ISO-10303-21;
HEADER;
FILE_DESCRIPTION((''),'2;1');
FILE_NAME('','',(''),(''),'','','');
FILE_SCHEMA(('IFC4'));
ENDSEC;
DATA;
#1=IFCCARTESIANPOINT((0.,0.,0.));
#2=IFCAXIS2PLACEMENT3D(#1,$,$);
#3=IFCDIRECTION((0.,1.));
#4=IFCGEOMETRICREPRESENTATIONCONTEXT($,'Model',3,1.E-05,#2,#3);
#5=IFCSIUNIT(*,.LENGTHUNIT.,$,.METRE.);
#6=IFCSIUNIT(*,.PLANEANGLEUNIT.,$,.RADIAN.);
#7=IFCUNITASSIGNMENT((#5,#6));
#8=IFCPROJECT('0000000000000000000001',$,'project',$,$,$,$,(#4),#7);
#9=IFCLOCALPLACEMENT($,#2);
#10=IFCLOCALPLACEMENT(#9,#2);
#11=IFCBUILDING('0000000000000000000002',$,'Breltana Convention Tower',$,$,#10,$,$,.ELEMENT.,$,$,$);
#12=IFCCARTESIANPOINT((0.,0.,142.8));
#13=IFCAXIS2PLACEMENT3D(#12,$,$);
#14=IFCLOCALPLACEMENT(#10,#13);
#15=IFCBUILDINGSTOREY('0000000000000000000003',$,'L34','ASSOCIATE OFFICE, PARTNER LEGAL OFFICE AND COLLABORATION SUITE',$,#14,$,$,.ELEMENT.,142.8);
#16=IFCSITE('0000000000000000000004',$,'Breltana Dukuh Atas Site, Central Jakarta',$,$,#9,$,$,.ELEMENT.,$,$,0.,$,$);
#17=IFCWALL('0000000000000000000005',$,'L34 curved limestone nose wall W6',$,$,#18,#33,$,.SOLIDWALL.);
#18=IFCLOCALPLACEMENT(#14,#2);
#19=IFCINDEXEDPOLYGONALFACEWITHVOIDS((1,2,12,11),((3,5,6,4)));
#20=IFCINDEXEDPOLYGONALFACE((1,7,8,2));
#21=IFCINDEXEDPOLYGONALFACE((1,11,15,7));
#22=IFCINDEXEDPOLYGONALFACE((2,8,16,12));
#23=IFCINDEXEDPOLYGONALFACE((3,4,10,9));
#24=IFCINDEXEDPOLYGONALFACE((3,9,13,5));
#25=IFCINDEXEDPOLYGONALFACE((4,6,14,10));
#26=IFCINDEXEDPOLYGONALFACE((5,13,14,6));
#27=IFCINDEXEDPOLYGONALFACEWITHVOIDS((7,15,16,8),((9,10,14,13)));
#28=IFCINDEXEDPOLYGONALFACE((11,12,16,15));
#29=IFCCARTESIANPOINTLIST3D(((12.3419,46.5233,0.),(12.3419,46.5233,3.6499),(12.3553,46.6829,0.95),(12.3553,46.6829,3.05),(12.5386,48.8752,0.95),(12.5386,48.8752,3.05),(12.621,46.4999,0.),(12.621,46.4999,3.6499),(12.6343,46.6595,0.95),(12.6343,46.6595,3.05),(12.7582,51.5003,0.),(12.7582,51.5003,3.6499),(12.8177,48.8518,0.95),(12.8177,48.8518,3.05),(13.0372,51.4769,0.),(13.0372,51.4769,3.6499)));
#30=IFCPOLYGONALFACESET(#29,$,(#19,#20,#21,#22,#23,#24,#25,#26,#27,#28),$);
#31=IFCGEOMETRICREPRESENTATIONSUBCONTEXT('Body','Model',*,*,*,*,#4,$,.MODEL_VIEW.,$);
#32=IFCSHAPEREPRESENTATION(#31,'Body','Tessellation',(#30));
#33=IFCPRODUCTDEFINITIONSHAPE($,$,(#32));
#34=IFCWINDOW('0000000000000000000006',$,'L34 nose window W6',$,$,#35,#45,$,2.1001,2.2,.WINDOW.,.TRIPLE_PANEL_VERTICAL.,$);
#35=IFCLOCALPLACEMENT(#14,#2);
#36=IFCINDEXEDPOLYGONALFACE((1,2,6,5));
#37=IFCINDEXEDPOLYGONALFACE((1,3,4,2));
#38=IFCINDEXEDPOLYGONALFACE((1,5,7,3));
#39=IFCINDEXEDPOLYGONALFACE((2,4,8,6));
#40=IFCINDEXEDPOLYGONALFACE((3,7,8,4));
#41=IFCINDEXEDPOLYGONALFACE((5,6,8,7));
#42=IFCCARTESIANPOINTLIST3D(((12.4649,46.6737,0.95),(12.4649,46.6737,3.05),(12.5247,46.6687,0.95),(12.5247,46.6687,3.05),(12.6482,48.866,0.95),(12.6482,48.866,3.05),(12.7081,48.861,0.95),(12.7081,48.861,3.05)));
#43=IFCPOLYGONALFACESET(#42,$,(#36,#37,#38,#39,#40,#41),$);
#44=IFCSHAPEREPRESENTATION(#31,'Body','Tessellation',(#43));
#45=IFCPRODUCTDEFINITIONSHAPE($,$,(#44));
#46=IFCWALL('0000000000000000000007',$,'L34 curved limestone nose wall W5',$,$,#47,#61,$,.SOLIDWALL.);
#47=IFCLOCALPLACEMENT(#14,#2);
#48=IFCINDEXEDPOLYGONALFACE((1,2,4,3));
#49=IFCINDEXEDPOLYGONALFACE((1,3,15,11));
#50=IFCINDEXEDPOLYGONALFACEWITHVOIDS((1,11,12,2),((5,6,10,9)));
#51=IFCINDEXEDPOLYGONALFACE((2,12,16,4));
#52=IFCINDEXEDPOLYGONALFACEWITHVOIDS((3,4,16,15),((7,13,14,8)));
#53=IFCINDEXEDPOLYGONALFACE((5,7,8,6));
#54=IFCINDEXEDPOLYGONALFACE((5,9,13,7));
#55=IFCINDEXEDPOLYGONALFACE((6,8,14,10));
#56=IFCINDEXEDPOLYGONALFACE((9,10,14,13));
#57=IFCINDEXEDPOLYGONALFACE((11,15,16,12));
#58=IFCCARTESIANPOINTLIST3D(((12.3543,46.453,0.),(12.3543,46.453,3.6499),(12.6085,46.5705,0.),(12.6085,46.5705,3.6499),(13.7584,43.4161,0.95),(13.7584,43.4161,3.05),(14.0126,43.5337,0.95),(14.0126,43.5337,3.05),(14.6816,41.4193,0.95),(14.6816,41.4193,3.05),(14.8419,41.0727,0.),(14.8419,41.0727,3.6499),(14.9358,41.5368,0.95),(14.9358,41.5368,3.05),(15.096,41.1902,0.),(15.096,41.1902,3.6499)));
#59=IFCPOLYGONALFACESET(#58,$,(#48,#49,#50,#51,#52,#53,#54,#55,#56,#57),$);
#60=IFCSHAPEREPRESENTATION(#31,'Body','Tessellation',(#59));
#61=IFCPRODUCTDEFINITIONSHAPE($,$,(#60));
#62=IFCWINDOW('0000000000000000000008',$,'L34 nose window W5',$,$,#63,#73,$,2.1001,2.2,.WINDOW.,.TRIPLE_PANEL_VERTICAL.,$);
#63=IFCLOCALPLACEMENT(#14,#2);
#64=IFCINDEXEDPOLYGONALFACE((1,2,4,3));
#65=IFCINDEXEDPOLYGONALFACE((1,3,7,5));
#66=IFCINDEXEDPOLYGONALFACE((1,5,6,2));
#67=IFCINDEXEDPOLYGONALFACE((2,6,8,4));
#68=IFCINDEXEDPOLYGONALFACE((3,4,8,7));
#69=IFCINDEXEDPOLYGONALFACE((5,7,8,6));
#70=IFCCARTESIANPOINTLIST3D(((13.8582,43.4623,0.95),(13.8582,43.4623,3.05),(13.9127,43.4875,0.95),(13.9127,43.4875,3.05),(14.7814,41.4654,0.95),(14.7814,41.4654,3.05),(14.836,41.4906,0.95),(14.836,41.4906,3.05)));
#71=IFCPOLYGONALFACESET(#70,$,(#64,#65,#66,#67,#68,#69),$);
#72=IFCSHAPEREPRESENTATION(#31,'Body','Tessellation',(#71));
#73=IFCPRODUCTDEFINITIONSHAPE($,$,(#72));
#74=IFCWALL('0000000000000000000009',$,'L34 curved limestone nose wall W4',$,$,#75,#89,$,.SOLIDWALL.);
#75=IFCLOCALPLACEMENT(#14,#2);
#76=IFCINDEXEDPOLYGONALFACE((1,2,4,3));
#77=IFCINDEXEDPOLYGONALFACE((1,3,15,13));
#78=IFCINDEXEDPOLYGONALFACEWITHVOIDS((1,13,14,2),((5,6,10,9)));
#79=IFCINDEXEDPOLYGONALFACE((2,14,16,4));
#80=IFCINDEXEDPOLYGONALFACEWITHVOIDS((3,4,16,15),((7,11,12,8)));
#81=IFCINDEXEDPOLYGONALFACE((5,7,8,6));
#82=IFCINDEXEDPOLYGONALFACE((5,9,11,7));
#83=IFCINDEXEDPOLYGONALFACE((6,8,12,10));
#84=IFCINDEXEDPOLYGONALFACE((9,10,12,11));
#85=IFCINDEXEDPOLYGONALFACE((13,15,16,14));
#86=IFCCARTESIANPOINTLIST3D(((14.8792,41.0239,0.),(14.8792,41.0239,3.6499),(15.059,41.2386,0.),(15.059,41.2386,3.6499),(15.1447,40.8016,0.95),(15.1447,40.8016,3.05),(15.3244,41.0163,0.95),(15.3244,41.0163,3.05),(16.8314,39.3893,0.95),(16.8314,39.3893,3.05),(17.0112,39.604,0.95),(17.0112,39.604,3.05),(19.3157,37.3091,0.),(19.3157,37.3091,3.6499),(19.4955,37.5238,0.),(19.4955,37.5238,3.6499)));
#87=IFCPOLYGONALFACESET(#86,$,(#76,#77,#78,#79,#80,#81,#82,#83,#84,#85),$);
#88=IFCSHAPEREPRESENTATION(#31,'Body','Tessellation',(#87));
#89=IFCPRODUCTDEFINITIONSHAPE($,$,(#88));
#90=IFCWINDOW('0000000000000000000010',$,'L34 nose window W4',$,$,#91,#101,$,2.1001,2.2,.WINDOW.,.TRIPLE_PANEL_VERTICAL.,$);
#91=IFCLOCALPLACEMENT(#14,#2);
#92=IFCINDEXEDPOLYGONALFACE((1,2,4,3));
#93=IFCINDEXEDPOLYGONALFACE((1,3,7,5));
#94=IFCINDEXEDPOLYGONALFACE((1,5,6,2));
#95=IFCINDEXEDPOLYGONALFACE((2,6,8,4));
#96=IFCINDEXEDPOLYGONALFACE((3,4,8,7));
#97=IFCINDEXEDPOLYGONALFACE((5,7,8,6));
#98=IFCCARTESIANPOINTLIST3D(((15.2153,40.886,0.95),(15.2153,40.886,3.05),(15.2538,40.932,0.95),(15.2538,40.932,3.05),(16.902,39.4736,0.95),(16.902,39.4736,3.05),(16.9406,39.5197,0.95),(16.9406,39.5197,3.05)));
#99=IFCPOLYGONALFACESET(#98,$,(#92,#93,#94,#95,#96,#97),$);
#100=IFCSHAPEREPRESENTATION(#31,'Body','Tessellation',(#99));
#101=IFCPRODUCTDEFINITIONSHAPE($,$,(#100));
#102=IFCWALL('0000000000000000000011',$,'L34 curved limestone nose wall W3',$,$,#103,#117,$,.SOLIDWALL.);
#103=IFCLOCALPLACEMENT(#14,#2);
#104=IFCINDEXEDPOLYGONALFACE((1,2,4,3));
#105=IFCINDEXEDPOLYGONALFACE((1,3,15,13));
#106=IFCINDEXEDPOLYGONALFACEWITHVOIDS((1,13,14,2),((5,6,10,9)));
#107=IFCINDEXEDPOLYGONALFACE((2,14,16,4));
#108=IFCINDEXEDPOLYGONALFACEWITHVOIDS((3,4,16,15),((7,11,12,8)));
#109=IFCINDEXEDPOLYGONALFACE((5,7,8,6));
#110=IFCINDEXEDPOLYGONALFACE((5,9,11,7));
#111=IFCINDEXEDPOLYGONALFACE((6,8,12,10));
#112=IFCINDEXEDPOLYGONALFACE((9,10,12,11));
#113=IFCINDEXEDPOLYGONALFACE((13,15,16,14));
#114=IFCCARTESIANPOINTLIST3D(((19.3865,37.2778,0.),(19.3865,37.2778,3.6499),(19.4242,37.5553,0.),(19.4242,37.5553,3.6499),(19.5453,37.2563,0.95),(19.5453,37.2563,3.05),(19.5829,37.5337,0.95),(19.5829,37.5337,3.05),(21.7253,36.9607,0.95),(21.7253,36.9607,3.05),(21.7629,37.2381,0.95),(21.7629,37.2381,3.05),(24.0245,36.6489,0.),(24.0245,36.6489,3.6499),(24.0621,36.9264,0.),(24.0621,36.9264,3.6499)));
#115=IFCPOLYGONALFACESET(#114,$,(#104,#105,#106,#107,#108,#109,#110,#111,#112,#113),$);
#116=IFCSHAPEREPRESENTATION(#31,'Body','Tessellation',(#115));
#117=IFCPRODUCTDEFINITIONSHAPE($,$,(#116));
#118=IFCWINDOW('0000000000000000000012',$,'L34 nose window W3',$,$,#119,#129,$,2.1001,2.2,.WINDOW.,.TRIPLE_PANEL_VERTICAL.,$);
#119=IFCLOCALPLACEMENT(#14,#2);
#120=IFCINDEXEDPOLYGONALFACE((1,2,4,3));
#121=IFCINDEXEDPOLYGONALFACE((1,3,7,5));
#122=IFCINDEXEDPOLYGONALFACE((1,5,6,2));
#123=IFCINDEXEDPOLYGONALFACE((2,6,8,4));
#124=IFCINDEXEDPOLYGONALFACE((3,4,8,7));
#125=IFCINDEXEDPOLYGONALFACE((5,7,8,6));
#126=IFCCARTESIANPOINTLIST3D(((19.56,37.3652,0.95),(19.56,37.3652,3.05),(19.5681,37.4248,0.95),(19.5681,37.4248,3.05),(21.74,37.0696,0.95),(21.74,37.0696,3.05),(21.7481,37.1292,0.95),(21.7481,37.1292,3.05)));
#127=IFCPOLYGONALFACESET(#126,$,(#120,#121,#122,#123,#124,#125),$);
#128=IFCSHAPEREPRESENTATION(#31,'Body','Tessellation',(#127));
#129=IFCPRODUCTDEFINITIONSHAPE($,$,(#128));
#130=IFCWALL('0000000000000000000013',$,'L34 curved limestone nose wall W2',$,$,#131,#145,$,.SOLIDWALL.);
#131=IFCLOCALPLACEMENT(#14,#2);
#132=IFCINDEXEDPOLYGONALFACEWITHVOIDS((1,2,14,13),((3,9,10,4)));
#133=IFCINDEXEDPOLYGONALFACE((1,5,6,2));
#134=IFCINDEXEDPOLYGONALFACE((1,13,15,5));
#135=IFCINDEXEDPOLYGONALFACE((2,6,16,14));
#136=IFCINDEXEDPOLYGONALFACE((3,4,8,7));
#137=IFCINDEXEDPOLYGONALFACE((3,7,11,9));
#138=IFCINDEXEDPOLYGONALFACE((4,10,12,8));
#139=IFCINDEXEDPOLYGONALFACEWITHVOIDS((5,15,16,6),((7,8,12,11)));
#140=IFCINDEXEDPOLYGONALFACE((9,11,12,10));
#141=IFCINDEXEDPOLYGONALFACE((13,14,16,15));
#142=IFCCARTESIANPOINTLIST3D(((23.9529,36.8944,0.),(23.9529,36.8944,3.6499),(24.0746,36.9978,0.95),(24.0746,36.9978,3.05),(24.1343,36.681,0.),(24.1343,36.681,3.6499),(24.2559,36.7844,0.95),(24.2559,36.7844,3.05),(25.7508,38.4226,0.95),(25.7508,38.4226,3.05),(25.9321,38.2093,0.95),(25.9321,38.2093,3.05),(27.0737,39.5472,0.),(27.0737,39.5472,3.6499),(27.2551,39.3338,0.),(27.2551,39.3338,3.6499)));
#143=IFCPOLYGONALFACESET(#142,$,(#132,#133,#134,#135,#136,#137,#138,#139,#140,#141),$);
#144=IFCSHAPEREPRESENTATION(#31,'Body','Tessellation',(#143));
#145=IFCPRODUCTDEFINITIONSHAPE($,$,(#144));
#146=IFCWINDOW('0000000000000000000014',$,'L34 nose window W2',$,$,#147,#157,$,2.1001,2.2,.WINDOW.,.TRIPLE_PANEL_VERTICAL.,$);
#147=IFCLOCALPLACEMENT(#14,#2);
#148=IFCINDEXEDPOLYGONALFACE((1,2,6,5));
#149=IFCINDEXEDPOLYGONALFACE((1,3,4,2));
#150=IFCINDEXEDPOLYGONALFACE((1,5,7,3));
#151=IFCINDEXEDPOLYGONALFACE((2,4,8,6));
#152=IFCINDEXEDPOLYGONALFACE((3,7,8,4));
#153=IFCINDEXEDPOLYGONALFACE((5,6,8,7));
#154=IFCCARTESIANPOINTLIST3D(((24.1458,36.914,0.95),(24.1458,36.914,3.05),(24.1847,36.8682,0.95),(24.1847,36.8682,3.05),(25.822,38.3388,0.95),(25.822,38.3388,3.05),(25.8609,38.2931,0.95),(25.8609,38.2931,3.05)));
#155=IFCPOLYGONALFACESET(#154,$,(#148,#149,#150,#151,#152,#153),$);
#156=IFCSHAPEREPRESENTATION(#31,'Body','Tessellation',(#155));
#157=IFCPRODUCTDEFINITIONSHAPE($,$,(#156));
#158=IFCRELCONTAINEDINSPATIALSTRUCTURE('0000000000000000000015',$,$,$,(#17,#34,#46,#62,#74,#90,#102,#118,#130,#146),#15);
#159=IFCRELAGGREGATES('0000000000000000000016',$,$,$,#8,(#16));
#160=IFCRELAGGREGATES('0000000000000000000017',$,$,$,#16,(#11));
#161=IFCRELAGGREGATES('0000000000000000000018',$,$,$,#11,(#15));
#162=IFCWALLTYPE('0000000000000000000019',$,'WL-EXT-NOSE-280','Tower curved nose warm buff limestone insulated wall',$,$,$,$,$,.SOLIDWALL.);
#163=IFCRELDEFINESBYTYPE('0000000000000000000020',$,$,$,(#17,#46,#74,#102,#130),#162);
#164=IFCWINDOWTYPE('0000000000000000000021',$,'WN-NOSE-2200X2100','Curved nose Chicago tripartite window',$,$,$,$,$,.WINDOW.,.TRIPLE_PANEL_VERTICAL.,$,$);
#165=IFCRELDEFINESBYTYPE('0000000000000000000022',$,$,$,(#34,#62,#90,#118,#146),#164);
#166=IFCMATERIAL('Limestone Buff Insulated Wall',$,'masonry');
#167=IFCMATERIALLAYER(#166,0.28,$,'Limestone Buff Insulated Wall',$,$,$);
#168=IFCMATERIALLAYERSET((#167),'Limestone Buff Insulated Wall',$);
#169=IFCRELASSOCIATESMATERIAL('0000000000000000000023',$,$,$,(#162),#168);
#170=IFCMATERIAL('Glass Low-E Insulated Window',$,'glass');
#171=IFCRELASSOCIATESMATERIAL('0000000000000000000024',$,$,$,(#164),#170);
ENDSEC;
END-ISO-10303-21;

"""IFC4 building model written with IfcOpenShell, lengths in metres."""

from ifc_helpers import new_model, si_unit, direction, frame, frame_2d, origin, place, context, subcontext, project, spatial, rectangle, extrude, source, transform, mapped, material, layer, layer_set, type_object, type_shapes, element, fill, save


model = new_model("IFC4")

# Units and contexts
model_context = context("Model", 3, precision=1e-05, world=origin(), true_north=direction((0.0, 1.0)))
body_context = subcontext(model_context, "Body", "Model", "MODEL_VIEW")
ifc_project = project(units=[si_unit("LENGTHUNIT", "METRE"), si_unit("PLANEANGLEUNIT", "RADIAN")], contexts=[model_context])

# Site, building, storey
site_placement = place(None, origin())
site = spatial("IfcSite", under=ifc_project, at=site_placement, Name="Breltana Dukuh Atas Site, Central Jakarta", CompositionType="ELEMENT", RefElevation=0.0)
building_placement = place(site_placement, origin())
building = spatial("IfcBuilding", under=site, at=building_placement, Name="Breltana Convention Tower", CompositionType="ELEMENT")
storey_placement = place(building_placement, frame((0.0, 0.0, 142.8)))
storey = spatial("IfcBuildingStorey", under=building, at=storey_placement, Name="L34", Description="ASSOCIATE OFFICE, PARTNER LEGAL OFFICE AND COLLABORATION SUITE", CompositionType="ELEMENT", Elevation=142.8)

# Walls, openings, windows
ifc_material_1 = material(Name="Limestone Buff Insulated Wall", Category="masonry")
ifc_layer_1 = layer(ifc_material_1, 0.28, Name="Limestone Buff Insulated Wall")
ifc_layer_set_1 = layer_set([ifc_layer_1], Name="Limestone Buff Insulated Wall")
wall_type_1 = type_object("IfcWallType", Name="WL-EXT-NOSE-280", Description="Tower curved nose warm buff limestone insulated wall", PredefinedType="SOLIDWALL", material=ifc_layer_set_1)
shared_shape_1 = source(origin(), body_context, "Body", "SweptSolid", [
    extrude(rectangle(XDim=4.9944, YDim=0.28, at=frame_2d((2.4971, 0.0))), origin(), (0.0, 0.0, 1.0), 3.6499),
])
wall_1_placement = place(storey_placement, frame((12.4814, 46.5117, 0.0), z_axis=(0.0, 0.0, 1.0), x_axis=(0.083345, 0.996521, 0.0)))
wall_1 = element("IfcWall", 1, at=wall_1_placement, inside=storey, type_object=wall_type_1, Name="L34 curved limestone nose wall W6", PredefinedType="SOLIDWALL", context=body_context, shape_type="MappedRepresentation", body=[
    mapped(shared_shape_1, transform((0.0, 0.0, 0.0), scale=1.0)),
])
opening_1_placement = place(wall_1_placement, frame((0.1599, 0.0, 0.95)))
opening_1 = element("IfcOpeningElement", 2, at=opening_1_placement, cuts=wall_1, PredefinedType="OPENING", context=body_context, shape_type="SweptSolid", body=[
    extrude(rectangle(XDim=2.2, YDim=2.1001, at=frame_2d((1.1001, 1.05))), frame((0.0, 0.1499, 0.0), z_axis=(0.0, -1.0, 0.0), x_axis=(1.0, 0.0, 0.0)), (0.0, 0.0, 1.0), 0.3),
])
ifc_material_2 = material(Name="Glass Low-E Insulated Window", Category="glass")
window_type_1 = type_object("IfcWindowType", Name="WN-NOSE-2200X2100", Description="Curved nose Chicago tripartite window", PartitioningType="TRIPLE_PANEL_VERTICAL", PredefinedType="WINDOW", material=ifc_material_2)
shared_shape_2 = source(origin(), body_context, "Body", "SweptSolid", [
    extrude(rectangle(XDim=2.2, YDim=2.1001, at=frame_2d((1.1001, 1.05))), frame((0.0, 0.03, 0.0), z_axis=(0.0, -1.0, 0.0), x_axis=(1.0, 0.0, 0.0)), (0.0, 0.0, 1.0), 0.0601),
])
type_shapes(window_type_1, [shared_shape_2])
window_1_placement = place(opening_1_placement, origin())
window_1 = element("IfcWindow", 3, at=window_1_placement, inside=storey, type_object=window_type_1, Name="L34 nose window W6", OverallHeight=2.1001, OverallWidth=2.2, PartitioningType="TRIPLE_PANEL_VERTICAL", PredefinedType="WINDOW", context=body_context, shape_type="MappedRepresentation", body=[
    mapped(shared_shape_2, transform((0.0, 0.0, 0.0), scale=1.0)),
])
fill(opening_1, window_1)
shared_shape_3 = source(origin(), body_context, "Body", "SweptSolid", [
    extrude(rectangle(XDim=5.9275, YDim=0.28, at=frame_2d((2.9639, 0.0))), origin(), (0.0, 0.0, 1.0), 3.6499),
])
wall_2_placement = place(storey_placement, frame((14.969, 41.1313, 0.0), z_axis=(0.0, 0.0, 1.0), x_axis=(-0.419656, 0.907683, 0.0)))
wall_2 = element("IfcWall", 4, at=wall_2_placement, inside=storey, type_object=wall_type_1, Name="L34 curved limestone nose wall W5", PredefinedType="SOLIDWALL", context=body_context, shape_type="MappedRepresentation", body=[
    mapped(shared_shape_3, transform((0.0, 0.0, 0.0), scale=1.0)),
])
opening_2_placement = place(wall_2_placement, frame((0.3818, 0.0, 0.95)))
opening_2 = element("IfcOpeningElement", 5, at=opening_2_placement, cuts=wall_2, PredefinedType="OPENING", context=body_context, shape_type="SweptSolid", body=[
    extrude(rectangle(XDim=2.2, YDim=2.1001, at=frame_2d((1.1001, 1.05))), frame((0.0, 0.1499, 0.0), z_axis=(0.0, -1.0, 0.0), x_axis=(1.0, 0.0, 0.0)), (0.0, 0.0, 1.0), 0.3),
])
window_2_placement = place(opening_2_placement, origin())
window_2 = element("IfcWindow", 6, at=window_2_placement, inside=storey, type_object=window_type_1, Name="L34 nose window W5", OverallHeight=2.1001, OverallWidth=2.2, PartitioningType="TRIPLE_PANEL_VERTICAL", PredefinedType="WINDOW", context=body_context, shape_type="MappedRepresentation", body=[
    mapped(shared_shape_2, transform((0.0, 0.0, 0.0), scale=1.0)),
])
fill(opening_2, window_2)
shared_shape_4 = source(origin(), body_context, "Body", "SweptSolid", [
    extrude(rectangle(XDim=5.7864, YDim=0.28, at=frame_2d((2.8931, 0.0))), origin(), (0.0, 0.0, 1.0), 3.6499),
])
wall_3_placement = place(storey_placement, frame((19.4055, 37.4165, 0.0), z_axis=(0.0, 0.0, 1.0), x_axis=(-0.766711, 0.641992, 0.0)))
wall_3 = element("IfcWall", 7, at=wall_3_placement, inside=storey, type_object=wall_type_1, Name="L34 curved limestone nose wall W4", PredefinedType="SOLIDWALL", context=body_context, shape_type="MappedRepresentation", body=[
    mapped(shared_shape_4, transform((0.0, 0.0, 0.0), scale=1.0)),
])
opening_3_placement = place(wall_3_placement, frame((3.24, 0.0, 0.95)))
opening_3 = element("IfcOpeningElement", 8, at=opening_3_placement, cuts=wall_3, PredefinedType="OPENING", context=body_context, shape_type="SweptSolid", body=[
    extrude(rectangle(XDim=2.2, YDim=2.1001, at=frame_2d((1.1001, 1.05))), frame((0.0, 0.1499, 0.0), z_axis=(0.0, -1.0, 0.0), x_axis=(1.0, 0.0, 0.0)), (0.0, 0.0, 1.0), 0.3),
])
window_3_placement = place(opening_3_placement, origin())
window_3 = element("IfcWindow", 9, at=window_3_placement, inside=storey, type_object=window_type_1, Name="L34 nose window W4", OverallHeight=2.1001, OverallWidth=2.2, PartitioningType="TRIPLE_PANEL_VERTICAL", PredefinedType="WINDOW", context=body_context, shape_type="MappedRepresentation", body=[
    mapped(shared_shape_2, transform((0.0, 0.0, 0.0), scale=1.0)),
])
fill(opening_3, window_3)
shared_shape_5 = source(origin(), body_context, "Body", "SweptSolid", [
    extrude(rectangle(XDim=4.6804, YDim=0.28, at=frame_2d((2.3403, 0.0))), origin(), (0.0, 0.0, 1.0), 3.6499),
])
wall_4_placement = place(storey_placement, frame((24.0435, 36.7876, 0.0), z_axis=(0.0, 0.0, 1.0), x_axis=(-0.990931, 0.134371, 0.0)))
wall_4 = element("IfcWall", 10, at=wall_4_placement, inside=storey, type_object=wall_type_1, Name="L34 curved limestone nose wall W3", PredefinedType="SOLIDWALL", context=body_context, shape_type="MappedRepresentation", body=[
    mapped(shared_shape_5, transform((0.0, 0.0, 0.0), scale=1.0)),
])
opening_4_placement = place(wall_4_placement, frame((2.3203, 0.0, 0.95)))
opening_4 = element("IfcOpeningElement", 11, at=opening_4_placement, cuts=wall_4, PredefinedType="OPENING", context=body_context, shape_type="SweptSolid", body=[
    extrude(rectangle(XDim=2.2, YDim=2.1001, at=frame_2d((1.1001, 1.05))), frame((0.0, 0.1499, 0.0), z_axis=(0.0, -1.0, 0.0), x_axis=(1.0, 0.0, 0.0)), (0.0, 0.0, 1.0), 0.3),
])
window_4_placement = place(opening_4_placement, origin())
window_4 = element("IfcWindow", 12, at=window_4_placement, inside=storey, type_object=window_type_1, Name="L34 nose window W3", OverallHeight=2.1001, OverallWidth=2.2, PartitioningType="TRIPLE_PANEL_VERTICAL", PredefinedType="WINDOW", context=body_context, shape_type="MappedRepresentation", body=[
    mapped(shared_shape_2, transform((0.0, 0.0, 0.0), scale=1.0)),
])
fill(opening_4, window_4)
shared_shape_6 = source(origin(), body_context, "Body", "SweptSolid", [
    extrude(rectangle(XDim=4.0959, YDim=0.28, at=frame_2d((2.0479, 0.0))), origin(), (0.0, 0.0, 1.0), 3.6499),
])
wall_5_placement = place(storey_placement, frame((27.1643, 39.4404, 0.0), z_axis=(0.0, 0.0, 1.0), x_axis=(-0.761926, -0.647664, 0.0)))
wall_5 = element("IfcWall", 13, at=wall_5_placement, inside=storey, type_object=wall_type_1, Name="L34 curved limestone nose wall W2", PredefinedType="SOLIDWALL", context=body_context, shape_type="MappedRepresentation", body=[
    mapped(shared_shape_6, transform((0.0, 0.0, 0.0), scale=1.0)),
])
opening_5_placement = place(wall_5_placement, frame((1.7361, 0.0, 0.95)))
opening_5 = element("IfcOpeningElement", 14, at=opening_5_placement, cuts=wall_5, PredefinedType="OPENING", context=body_context, shape_type="SweptSolid", body=[
    extrude(rectangle(XDim=2.2, YDim=2.1001, at=frame_2d((1.1001, 1.05))), frame((0.0, 0.1499, 0.0), z_axis=(0.0, -1.0, 0.0), x_axis=(1.0, 0.0, 0.0)), (0.0, 0.0, 1.0), 0.3),
])
window_5_placement = place(opening_5_placement, origin())
window_5 = element("IfcWindow", 15, at=window_5_placement, inside=storey, type_object=window_type_1, Name="L34 nose window W2", OverallHeight=2.1001, OverallWidth=2.2, PartitioningType="TRIPLE_PANEL_VERTICAL", PredefinedType="WINDOW", context=body_context, shape_type="MappedRepresentation", body=[
    mapped(shared_shape_2, transform((0.0, 0.0, 0.0), scale=1.0)),
])
fill(opening_5, window_5)

save(model, "model.ifc")
